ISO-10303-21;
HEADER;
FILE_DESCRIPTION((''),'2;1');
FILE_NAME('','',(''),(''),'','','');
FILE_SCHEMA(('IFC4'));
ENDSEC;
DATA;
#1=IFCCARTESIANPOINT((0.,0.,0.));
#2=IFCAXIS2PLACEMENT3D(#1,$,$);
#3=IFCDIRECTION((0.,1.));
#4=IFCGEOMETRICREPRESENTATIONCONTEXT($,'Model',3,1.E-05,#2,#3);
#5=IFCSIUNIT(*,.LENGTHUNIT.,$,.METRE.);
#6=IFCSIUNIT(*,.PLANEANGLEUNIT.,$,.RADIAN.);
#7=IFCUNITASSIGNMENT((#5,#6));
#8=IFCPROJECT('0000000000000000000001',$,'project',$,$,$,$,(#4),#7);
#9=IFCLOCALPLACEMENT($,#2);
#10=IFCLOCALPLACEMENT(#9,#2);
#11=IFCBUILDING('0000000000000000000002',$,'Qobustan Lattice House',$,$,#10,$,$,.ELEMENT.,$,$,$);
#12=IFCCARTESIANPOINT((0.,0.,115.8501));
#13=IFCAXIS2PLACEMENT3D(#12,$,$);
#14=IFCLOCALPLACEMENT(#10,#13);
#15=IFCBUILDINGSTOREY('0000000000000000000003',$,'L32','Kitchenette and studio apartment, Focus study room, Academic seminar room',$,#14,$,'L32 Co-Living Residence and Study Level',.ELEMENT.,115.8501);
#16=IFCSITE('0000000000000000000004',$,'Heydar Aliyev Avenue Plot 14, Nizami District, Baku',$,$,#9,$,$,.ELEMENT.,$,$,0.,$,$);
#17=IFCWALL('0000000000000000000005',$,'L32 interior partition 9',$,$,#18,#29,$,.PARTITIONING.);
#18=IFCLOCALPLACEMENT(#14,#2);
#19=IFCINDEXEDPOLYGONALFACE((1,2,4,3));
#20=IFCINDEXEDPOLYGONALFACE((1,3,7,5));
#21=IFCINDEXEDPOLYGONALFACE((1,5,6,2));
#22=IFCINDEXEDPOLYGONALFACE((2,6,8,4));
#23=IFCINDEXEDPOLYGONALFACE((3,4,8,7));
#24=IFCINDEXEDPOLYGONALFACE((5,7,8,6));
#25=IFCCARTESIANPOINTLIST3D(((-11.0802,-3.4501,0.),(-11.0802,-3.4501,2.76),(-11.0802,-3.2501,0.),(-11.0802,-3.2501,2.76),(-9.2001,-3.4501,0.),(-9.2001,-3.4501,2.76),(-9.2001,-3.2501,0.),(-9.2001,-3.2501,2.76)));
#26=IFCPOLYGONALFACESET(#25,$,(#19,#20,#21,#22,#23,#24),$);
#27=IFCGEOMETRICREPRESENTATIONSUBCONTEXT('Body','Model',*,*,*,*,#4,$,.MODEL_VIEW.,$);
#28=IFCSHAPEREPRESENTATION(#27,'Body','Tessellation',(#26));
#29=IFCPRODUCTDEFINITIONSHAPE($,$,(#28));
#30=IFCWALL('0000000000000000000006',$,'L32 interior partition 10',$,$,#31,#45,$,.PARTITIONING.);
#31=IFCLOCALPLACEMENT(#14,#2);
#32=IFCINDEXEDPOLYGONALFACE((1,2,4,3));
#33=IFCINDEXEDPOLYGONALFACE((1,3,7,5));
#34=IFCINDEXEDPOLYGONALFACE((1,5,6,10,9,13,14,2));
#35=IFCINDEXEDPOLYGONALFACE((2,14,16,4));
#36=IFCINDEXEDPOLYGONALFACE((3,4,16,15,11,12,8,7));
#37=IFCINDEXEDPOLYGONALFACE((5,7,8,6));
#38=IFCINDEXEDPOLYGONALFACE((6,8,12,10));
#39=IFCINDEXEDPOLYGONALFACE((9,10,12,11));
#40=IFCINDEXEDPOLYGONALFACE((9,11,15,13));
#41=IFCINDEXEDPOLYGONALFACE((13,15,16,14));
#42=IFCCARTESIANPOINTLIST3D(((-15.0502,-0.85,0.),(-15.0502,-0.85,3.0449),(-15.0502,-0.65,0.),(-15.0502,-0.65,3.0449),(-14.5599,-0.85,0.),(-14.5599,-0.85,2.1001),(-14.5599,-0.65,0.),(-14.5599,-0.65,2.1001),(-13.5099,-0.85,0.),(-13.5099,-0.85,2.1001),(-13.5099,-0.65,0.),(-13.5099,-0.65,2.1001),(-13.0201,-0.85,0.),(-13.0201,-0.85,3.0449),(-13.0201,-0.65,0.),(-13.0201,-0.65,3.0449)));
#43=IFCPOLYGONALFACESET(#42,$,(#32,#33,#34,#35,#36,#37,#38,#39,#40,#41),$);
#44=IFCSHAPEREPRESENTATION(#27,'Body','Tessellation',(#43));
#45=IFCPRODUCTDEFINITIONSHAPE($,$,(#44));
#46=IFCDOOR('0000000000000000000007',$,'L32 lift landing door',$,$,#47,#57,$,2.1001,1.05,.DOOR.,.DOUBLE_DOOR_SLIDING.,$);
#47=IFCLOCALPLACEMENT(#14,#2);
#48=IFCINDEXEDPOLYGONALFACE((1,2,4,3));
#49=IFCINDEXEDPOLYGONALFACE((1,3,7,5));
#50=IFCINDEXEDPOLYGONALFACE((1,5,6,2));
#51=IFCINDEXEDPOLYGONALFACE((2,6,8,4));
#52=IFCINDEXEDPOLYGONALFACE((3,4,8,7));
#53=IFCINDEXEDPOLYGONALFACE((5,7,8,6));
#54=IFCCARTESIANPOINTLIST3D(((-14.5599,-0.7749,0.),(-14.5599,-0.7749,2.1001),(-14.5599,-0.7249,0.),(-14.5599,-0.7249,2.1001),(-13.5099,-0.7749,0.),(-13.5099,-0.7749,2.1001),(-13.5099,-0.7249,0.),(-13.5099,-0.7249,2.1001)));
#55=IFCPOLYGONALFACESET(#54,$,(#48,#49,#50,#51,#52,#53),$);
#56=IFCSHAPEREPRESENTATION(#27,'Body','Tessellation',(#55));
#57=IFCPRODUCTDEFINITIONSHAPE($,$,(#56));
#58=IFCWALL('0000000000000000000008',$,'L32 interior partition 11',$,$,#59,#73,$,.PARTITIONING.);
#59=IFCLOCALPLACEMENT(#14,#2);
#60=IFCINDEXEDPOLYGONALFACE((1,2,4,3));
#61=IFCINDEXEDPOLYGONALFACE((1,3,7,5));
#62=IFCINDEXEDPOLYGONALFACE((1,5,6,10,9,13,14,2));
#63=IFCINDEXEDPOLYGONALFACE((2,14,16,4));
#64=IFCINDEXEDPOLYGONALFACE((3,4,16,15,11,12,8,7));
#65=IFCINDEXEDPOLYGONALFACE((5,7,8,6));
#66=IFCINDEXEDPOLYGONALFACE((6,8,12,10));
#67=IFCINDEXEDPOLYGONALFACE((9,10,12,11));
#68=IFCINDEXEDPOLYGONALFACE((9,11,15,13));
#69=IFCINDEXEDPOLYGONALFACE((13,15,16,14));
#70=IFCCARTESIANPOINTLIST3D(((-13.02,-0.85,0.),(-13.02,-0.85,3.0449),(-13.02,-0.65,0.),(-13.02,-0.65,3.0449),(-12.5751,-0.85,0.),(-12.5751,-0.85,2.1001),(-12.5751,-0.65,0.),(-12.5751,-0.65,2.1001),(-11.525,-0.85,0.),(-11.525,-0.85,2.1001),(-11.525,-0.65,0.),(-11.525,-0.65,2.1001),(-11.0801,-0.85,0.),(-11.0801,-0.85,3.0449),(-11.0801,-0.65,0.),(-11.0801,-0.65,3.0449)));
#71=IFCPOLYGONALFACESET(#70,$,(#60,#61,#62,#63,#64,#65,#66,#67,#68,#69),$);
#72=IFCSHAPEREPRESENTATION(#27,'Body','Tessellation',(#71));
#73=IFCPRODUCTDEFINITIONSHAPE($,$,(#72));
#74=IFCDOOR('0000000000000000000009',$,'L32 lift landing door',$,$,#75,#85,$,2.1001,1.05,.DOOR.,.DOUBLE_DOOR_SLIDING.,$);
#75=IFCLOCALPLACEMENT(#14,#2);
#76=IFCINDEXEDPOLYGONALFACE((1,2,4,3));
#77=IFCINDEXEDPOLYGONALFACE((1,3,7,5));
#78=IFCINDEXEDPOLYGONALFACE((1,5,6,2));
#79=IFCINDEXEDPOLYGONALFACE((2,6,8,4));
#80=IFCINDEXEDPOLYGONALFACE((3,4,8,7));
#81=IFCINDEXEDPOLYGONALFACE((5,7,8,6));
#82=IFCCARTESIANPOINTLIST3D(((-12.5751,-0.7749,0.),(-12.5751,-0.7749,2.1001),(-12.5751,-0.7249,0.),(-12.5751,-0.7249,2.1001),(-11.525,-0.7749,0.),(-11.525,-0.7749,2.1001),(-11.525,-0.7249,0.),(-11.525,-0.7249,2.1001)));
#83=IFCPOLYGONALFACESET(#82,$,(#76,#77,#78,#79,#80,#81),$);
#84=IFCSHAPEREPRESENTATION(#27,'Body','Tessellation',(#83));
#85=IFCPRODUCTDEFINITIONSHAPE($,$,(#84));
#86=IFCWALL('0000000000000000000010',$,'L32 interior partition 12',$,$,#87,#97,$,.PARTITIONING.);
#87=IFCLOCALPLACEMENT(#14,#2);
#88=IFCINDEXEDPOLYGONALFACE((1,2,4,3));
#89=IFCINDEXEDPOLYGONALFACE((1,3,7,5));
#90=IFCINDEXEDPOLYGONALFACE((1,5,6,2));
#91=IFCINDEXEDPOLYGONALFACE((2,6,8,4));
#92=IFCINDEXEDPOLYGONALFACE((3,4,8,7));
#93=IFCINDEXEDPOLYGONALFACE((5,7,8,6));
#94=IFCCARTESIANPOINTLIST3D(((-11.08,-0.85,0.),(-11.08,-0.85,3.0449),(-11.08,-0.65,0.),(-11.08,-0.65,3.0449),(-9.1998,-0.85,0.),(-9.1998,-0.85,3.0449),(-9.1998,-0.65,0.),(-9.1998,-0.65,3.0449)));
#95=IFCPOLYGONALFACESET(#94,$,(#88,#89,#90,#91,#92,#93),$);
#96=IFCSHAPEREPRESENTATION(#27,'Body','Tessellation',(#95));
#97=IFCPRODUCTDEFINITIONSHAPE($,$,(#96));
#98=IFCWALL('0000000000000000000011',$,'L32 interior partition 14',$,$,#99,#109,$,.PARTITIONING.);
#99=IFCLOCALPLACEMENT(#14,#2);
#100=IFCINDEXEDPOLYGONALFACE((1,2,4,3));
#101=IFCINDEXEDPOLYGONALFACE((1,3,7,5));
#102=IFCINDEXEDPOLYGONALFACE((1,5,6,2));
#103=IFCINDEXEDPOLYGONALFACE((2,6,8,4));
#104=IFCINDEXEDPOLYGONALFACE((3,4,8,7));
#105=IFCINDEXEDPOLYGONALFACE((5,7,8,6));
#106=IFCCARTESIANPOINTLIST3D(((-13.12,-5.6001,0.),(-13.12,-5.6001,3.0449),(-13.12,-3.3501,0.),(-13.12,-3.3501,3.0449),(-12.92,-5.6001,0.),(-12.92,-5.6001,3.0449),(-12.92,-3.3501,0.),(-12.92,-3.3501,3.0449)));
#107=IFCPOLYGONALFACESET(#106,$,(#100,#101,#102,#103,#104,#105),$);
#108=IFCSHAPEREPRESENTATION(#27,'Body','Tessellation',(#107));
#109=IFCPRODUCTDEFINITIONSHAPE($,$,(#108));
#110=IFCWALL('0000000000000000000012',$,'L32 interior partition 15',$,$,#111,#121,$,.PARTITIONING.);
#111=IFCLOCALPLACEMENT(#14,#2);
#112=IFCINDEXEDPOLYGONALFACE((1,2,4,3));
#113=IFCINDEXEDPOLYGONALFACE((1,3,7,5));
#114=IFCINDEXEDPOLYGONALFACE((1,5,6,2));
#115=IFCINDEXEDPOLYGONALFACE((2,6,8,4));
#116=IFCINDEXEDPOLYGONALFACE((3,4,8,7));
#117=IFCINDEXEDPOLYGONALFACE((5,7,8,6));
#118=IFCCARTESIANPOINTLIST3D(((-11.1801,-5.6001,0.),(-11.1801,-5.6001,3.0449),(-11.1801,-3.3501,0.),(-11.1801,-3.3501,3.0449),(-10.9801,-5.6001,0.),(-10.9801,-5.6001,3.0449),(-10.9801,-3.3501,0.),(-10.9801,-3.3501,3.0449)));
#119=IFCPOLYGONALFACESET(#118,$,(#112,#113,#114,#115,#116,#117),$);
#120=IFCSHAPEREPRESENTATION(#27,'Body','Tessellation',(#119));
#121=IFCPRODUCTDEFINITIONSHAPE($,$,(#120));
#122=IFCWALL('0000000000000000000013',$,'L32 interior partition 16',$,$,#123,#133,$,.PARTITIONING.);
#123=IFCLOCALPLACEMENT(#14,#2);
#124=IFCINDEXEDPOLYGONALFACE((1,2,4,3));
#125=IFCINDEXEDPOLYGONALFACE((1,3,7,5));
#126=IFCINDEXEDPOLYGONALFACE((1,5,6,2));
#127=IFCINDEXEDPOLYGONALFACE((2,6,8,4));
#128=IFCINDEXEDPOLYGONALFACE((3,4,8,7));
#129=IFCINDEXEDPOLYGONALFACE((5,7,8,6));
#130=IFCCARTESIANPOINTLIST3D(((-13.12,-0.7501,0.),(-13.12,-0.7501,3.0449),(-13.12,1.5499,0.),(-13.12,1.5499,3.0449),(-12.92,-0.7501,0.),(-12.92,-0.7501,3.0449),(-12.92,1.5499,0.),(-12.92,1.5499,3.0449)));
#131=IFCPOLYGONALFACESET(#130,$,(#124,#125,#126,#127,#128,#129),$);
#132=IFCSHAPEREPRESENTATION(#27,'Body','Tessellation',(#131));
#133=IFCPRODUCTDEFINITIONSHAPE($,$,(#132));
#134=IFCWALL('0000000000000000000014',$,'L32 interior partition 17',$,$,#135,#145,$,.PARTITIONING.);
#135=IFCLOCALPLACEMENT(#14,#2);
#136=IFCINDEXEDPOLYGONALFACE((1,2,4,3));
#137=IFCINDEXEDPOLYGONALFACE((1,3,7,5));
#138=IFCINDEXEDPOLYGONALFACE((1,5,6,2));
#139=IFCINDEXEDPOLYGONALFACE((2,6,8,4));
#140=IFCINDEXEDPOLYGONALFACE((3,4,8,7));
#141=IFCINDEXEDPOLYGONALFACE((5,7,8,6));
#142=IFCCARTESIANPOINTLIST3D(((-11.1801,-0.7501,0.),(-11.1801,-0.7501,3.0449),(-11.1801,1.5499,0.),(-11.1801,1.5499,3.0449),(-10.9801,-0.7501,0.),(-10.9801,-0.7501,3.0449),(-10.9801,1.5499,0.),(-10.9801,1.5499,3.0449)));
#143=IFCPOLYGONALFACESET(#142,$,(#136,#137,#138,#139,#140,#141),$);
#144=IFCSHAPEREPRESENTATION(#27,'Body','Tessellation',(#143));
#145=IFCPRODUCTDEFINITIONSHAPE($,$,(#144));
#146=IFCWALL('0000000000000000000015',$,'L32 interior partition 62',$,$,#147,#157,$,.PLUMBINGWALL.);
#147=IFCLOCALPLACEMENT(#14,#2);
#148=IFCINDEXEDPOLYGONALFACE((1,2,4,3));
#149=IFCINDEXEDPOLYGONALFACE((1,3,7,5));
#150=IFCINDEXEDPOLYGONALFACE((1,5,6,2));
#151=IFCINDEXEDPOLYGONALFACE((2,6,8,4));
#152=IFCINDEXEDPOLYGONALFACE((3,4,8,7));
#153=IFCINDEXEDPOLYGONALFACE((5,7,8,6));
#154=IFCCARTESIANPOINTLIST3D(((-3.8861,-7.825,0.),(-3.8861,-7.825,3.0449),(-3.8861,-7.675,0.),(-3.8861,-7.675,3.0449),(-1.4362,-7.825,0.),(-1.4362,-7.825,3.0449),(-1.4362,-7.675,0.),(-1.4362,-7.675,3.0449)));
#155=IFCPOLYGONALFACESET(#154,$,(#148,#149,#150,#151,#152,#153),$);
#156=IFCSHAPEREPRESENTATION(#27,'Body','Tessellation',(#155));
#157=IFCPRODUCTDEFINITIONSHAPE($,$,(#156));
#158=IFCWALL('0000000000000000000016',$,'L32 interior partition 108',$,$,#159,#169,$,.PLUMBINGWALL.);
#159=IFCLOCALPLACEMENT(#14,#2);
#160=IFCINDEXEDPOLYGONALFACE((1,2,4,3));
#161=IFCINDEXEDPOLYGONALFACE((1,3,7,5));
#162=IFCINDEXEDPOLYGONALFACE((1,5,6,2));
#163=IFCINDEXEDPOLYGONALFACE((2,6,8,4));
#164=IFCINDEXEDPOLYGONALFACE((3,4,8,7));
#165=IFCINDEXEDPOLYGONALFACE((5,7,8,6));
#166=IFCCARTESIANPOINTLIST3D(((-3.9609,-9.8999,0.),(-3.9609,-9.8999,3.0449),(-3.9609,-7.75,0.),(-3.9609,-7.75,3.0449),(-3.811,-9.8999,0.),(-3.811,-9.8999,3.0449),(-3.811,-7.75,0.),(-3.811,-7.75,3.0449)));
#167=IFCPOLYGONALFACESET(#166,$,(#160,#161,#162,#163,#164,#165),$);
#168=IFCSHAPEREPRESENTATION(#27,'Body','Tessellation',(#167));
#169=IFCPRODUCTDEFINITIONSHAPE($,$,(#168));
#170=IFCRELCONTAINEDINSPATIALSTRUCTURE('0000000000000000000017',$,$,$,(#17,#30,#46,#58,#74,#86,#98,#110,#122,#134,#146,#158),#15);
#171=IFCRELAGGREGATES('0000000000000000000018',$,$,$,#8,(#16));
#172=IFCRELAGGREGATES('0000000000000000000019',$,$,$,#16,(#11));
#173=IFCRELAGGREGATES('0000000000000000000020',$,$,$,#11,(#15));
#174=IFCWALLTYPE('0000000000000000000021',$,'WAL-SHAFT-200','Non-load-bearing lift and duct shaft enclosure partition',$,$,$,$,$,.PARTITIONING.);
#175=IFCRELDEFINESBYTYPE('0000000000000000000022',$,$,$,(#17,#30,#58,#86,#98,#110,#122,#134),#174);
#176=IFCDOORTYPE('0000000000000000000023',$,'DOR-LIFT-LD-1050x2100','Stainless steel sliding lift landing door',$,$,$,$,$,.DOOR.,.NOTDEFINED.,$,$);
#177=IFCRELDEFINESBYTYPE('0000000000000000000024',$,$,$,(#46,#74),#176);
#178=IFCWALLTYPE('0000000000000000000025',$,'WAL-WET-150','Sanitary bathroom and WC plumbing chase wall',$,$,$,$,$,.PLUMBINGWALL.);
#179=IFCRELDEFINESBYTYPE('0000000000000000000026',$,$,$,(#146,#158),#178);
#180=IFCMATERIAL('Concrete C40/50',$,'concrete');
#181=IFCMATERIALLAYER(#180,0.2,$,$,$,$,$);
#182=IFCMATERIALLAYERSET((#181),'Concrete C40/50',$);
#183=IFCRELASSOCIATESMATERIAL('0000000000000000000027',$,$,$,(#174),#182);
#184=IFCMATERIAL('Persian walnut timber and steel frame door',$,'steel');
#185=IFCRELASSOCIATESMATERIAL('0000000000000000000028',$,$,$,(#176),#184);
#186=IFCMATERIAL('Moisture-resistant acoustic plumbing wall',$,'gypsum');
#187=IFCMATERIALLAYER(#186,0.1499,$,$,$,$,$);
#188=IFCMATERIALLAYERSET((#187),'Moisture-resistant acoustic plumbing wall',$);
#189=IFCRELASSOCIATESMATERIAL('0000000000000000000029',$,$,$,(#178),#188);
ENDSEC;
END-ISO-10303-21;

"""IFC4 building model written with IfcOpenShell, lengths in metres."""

from ifc_helpers import new_model, si_unit, direction, frame, frame_2d, origin, place, context, subcontext, project, spatial, rectangle, extrude, material, layer, layer_set, type_object, element, fill, save


model = new_model("IFC4")

# Units and contexts
model_context = context("Model", 3, precision=1e-05, world=origin(), true_north=direction((0.0, 1.0)))
body_context = subcontext(model_context, "Body", "Model", "MODEL_VIEW")
ifc_project = project(units=[si_unit("LENGTHUNIT", "METRE"), si_unit("PLANEANGLEUNIT", "RADIAN")], contexts=[model_context])

# Site, building, storey
site_placement = place(None, origin())
site = spatial("IfcSite", under=ifc_project, at=site_placement, Name="Heydar Aliyev Avenue Plot 14, Nizami District, Baku", CompositionType="ELEMENT", RefElevation=0.0)
building_placement = place(site_placement, origin())
building = spatial("IfcBuilding", under=site, at=building_placement, Name="Qobustan Lattice House", CompositionType="ELEMENT")
storey_placement = place(building_placement, frame((0.0, 0.0, 115.8501)))
storey = spatial("IfcBuildingStorey", under=building, at=storey_placement, Name="L32", Description="Kitchenette and studio apartment, Focus study room, Academic seminar room", LongName="L32 Co-Living Residence and Study Level", CompositionType="ELEMENT", Elevation=115.8501)

# Shared definitions
ifc_material_1 = material(Name="Concrete C40/50", Category="concrete")
ifc_layer_1 = layer(ifc_material_1, 0.2)
ifc_layer_set_1 = layer_set([ifc_layer_1], Name="Concrete C40/50")
wall_type_1 = type_object("IfcWallType", Name="WAL-SHAFT-200", Description="Non-load-bearing lift and duct shaft enclosure partition", PredefinedType="PARTITIONING", material=ifc_layer_set_1)
ifc_material_2 = material(Name="Persian walnut timber and steel frame door", Category="steel")
door_type_1 = type_object("IfcDoorType", Name="DOR-LIFT-LD-1050x2100", Description="Stainless steel sliding lift landing door", OperationType="NOTDEFINED", PredefinedType="DOOR", material=ifc_material_2)

# Wall
wall_1_placement = place(storey_placement, frame((-11.0801, -3.3501, 0.0), z_axis=(0.0, 0.0, 1.0), x_axis=(1.0, 0.0, 0.0)))
element("IfcWall", 1, at=wall_1_placement, inside=storey, type_object=wall_type_1, Name="L32 interior partition 9", PredefinedType="PARTITIONING", context=body_context, shape_type="SweptSolid", body=[
    extrude(rectangle(XDim=1.8801, YDim=0.2, at=frame_2d((0.9399, 0.0))), origin(), (0.0, 0.0, 1.0), 2.76),
])

# Walls, openings, doors
wall_2_placement = place(storey_placement, frame((-13.02, -0.75, 0.0), z_axis=(0.0, 0.0, 1.0), x_axis=(-1.0, 0.0, 0.0)))
wall_2 = element("IfcWall", 2, at=wall_2_placement, inside=storey, type_object=wall_type_1, Name="L32 interior partition 10", PredefinedType="PARTITIONING", context=body_context, shape_type="SweptSolid", body=[
    extrude(rectangle(XDim=2.03, YDim=0.2, at=frame_2d((1.0151, 0.0))), origin(), (0.0, 0.0, 1.0), 3.0449),
])
opening_1_placement = place(wall_2_placement, frame((0.49, 0.0, 0.0)))
opening_1 = element("IfcOpeningElement", 3, at=opening_1_placement, cuts=wall_2, PredefinedType="OPENING", context=body_context, shape_type="SweptSolid", body=[
    extrude(rectangle(XDim=1.05, YDim=2.1001, at=frame_2d((0.5249, 1.05))), frame((0.0, 0.1099, 0.0), z_axis=(0.0, -1.0, 0.0), x_axis=(1.0, 0.0, 0.0)), (0.0, 0.0, 1.0), 0.22),
])
door_1_placement = place(opening_1_placement, origin())
door_1 = element("IfcDoor", 4, at=door_1_placement, inside=storey, type_object=door_type_1, Name="L32 lift landing door", OperationType="DOUBLE_DOOR_SLIDING", OverallHeight=2.1001, OverallWidth=1.05, PredefinedType="DOOR", context=body_context, shape_type="SweptSolid", body=[
    extrude(rectangle(XDim=1.05, YDim=2.1001, at=frame_2d((0.5249, 1.05))), frame((0.0, 0.0249, 0.0), z_axis=(0.0, -1.0, 0.0), x_axis=(1.0, 0.0, 0.0)), (0.0, 0.0, 1.0), 0.05),
])
fill(opening_1, door_1)
wall_3_placement = place(storey_placement, frame((-11.0801, -0.75, 0.0), z_axis=(0.0, 0.0, 1.0), x_axis=(-1.0, 0.0, 0.0)))
wall_3 = element("IfcWall", 5, at=wall_3_placement, inside=storey, type_object=wall_type_1, Name="L32 interior partition 11", PredefinedType="PARTITIONING", context=body_context, shape_type="SweptSolid", body=[
    extrude(rectangle(XDim=1.9399, YDim=0.2, at=frame_2d((0.97, 0.0))), origin(), (0.0, 0.0, 1.0), 3.0449),
])
opening_2_placement = place(wall_3_placement, frame((0.4451, 0.0, 0.0)))
opening_2 = element("IfcOpeningElement", 6, at=opening_2_placement, cuts=wall_3, PredefinedType="OPENING", context=body_context, shape_type="SweptSolid", body=[
    extrude(rectangle(XDim=1.05, YDim=2.1001, at=frame_2d((0.5249, 1.05))), frame((0.0, 0.1099, 0.0), z_axis=(0.0, -1.0, 0.0), x_axis=(1.0, 0.0, 0.0)), (0.0, 0.0, 1.0), 0.22),
])
door_2_placement = place(opening_2_placement, origin())
door_2 = element("IfcDoor", 7, at=door_2_placement, inside=storey, type_object=door_type_1, Name="L32 lift landing door", OperationType="DOUBLE_DOOR_SLIDING", OverallHeight=2.1001, OverallWidth=1.05, PredefinedType="DOOR", context=body_context, shape_type="SweptSolid", body=[
    extrude(rectangle(XDim=1.05, YDim=2.1001, at=frame_2d((0.5249, 1.05))), frame((0.0, 0.0249, 0.0), z_axis=(0.0, -1.0, 0.0), x_axis=(1.0, 0.0, 0.0)), (0.0, 0.0, 1.0), 0.05),
])
fill(opening_2, door_2)

# Walls
wall_4_placement = place(storey_placement, frame((-9.2, -0.75, 0.0), z_axis=(0.0, 0.0, 1.0), x_axis=(-1.0, 0.0, 0.0)))
element("IfcWall", 8, at=wall_4_placement, inside=storey, type_object=wall_type_1, Name="L32 interior partition 12", PredefinedType="PARTITIONING", context=body_context, shape_type="SweptSolid", body=[
    extrude(rectangle(XDim=1.8801, YDim=0.2, at=frame_2d((0.9399, 0.0))), origin(), (0.0, 0.0, 1.0), 3.0449),
])
for number, where, z_axis, x_axis, name in (
    (9, (-13.02, -5.6001, 0.0), (0.0, 0.0, 1.0), (0.0, 1.0, 0.0), "L32 interior partition 14"),
    (10, (-11.0801, -5.6001, 0.0), (0.0, 0.0, 1.0), (0.0, 1.0, 0.0), "L32 interior partition 15"),
):
    element("IfcWall", number, at=place(storey_placement, frame(where, z_axis=z_axis, x_axis=x_axis)), inside=storey, type_object=wall_type_1, Name=name, PredefinedType="PARTITIONING", context=body_context, shape_type="SweptSolid", body=[
        extrude(rectangle(XDim=2.25, YDim=0.2, at=frame_2d((1.125, 0.0))), origin(), (0.0, 0.0, 1.0), 3.0449),
    ])
for number, where, z_axis, x_axis, name in (
    (11, (-13.02, -0.75, 0.0), (0.0, 0.0, 1.0), (0.0, 1.0, 0.0), "L32 interior partition 16"),
    (12, (-11.0801, -0.75, 0.0), (0.0, 0.0, 1.0), (0.0, 1.0, 0.0), "L32 interior partition 17"),
):
    element("IfcWall", number, at=place(storey_placement, frame(where, z_axis=z_axis, x_axis=x_axis)), inside=storey, type_object=wall_type_1, Name=name, PredefinedType="PARTITIONING", context=body_context, shape_type="SweptSolid", body=[
        extrude(rectangle(XDim=2.3, YDim=0.2, at=frame_2d((1.1499, 0.0))), origin(), (0.0, 0.0, 1.0), 3.0449),
    ])
ifc_material_3 = material(Name="Moisture-resistant acoustic plumbing wall", Category="gypsum")
ifc_layer_2 = layer(ifc_material_3, 0.1499)
ifc_layer_set_2 = layer_set([ifc_layer_2], Name="Moisture-resistant acoustic plumbing wall")
wall_type_2 = type_object("IfcWallType", Name="WAL-WET-150", Description="Sanitary bathroom and WC plumbing chase wall", PredefinedType="PLUMBINGWALL", material=ifc_layer_set_2)
wall_5_placement = place(storey_placement, frame((-1.436, -7.75, 0.0), z_axis=(0.0, 0.0, 1.0), x_axis=(-1.0, 0.0, 0.0)))
element("IfcWall", 13, at=wall_5_placement, inside=storey, type_object=wall_type_2, Name="L32 interior partition 62", PredefinedType="PLUMBINGWALL", context=body_context, shape_type="SweptSolid", body=[
    extrude(rectangle(XDim=2.45, YDim=0.1499, at=frame_2d((1.2251, 0.0))), origin(), (0.0, 0.0, 1.0), 3.0449),
])
wall_6_placement = place(storey_placement, frame((-3.886, -7.75, 0.0), z_axis=(0.0, 0.0, 1.0), x_axis=(0.0, -1.0, 0.0)))
element("IfcWall", 14, at=wall_6_placement, inside=storey, type_object=wall_type_2, Name="L32 interior partition 108", PredefinedType="PLUMBINGWALL", context=body_context, shape_type="SweptSolid", body=[
    extrude(rectangle(XDim=2.1499, YDim=0.1499, at=frame_2d((1.075, 0.0))), origin(), (0.0, 0.0, 1.0), 3.0449),
])

save(model, "model.ifc")
